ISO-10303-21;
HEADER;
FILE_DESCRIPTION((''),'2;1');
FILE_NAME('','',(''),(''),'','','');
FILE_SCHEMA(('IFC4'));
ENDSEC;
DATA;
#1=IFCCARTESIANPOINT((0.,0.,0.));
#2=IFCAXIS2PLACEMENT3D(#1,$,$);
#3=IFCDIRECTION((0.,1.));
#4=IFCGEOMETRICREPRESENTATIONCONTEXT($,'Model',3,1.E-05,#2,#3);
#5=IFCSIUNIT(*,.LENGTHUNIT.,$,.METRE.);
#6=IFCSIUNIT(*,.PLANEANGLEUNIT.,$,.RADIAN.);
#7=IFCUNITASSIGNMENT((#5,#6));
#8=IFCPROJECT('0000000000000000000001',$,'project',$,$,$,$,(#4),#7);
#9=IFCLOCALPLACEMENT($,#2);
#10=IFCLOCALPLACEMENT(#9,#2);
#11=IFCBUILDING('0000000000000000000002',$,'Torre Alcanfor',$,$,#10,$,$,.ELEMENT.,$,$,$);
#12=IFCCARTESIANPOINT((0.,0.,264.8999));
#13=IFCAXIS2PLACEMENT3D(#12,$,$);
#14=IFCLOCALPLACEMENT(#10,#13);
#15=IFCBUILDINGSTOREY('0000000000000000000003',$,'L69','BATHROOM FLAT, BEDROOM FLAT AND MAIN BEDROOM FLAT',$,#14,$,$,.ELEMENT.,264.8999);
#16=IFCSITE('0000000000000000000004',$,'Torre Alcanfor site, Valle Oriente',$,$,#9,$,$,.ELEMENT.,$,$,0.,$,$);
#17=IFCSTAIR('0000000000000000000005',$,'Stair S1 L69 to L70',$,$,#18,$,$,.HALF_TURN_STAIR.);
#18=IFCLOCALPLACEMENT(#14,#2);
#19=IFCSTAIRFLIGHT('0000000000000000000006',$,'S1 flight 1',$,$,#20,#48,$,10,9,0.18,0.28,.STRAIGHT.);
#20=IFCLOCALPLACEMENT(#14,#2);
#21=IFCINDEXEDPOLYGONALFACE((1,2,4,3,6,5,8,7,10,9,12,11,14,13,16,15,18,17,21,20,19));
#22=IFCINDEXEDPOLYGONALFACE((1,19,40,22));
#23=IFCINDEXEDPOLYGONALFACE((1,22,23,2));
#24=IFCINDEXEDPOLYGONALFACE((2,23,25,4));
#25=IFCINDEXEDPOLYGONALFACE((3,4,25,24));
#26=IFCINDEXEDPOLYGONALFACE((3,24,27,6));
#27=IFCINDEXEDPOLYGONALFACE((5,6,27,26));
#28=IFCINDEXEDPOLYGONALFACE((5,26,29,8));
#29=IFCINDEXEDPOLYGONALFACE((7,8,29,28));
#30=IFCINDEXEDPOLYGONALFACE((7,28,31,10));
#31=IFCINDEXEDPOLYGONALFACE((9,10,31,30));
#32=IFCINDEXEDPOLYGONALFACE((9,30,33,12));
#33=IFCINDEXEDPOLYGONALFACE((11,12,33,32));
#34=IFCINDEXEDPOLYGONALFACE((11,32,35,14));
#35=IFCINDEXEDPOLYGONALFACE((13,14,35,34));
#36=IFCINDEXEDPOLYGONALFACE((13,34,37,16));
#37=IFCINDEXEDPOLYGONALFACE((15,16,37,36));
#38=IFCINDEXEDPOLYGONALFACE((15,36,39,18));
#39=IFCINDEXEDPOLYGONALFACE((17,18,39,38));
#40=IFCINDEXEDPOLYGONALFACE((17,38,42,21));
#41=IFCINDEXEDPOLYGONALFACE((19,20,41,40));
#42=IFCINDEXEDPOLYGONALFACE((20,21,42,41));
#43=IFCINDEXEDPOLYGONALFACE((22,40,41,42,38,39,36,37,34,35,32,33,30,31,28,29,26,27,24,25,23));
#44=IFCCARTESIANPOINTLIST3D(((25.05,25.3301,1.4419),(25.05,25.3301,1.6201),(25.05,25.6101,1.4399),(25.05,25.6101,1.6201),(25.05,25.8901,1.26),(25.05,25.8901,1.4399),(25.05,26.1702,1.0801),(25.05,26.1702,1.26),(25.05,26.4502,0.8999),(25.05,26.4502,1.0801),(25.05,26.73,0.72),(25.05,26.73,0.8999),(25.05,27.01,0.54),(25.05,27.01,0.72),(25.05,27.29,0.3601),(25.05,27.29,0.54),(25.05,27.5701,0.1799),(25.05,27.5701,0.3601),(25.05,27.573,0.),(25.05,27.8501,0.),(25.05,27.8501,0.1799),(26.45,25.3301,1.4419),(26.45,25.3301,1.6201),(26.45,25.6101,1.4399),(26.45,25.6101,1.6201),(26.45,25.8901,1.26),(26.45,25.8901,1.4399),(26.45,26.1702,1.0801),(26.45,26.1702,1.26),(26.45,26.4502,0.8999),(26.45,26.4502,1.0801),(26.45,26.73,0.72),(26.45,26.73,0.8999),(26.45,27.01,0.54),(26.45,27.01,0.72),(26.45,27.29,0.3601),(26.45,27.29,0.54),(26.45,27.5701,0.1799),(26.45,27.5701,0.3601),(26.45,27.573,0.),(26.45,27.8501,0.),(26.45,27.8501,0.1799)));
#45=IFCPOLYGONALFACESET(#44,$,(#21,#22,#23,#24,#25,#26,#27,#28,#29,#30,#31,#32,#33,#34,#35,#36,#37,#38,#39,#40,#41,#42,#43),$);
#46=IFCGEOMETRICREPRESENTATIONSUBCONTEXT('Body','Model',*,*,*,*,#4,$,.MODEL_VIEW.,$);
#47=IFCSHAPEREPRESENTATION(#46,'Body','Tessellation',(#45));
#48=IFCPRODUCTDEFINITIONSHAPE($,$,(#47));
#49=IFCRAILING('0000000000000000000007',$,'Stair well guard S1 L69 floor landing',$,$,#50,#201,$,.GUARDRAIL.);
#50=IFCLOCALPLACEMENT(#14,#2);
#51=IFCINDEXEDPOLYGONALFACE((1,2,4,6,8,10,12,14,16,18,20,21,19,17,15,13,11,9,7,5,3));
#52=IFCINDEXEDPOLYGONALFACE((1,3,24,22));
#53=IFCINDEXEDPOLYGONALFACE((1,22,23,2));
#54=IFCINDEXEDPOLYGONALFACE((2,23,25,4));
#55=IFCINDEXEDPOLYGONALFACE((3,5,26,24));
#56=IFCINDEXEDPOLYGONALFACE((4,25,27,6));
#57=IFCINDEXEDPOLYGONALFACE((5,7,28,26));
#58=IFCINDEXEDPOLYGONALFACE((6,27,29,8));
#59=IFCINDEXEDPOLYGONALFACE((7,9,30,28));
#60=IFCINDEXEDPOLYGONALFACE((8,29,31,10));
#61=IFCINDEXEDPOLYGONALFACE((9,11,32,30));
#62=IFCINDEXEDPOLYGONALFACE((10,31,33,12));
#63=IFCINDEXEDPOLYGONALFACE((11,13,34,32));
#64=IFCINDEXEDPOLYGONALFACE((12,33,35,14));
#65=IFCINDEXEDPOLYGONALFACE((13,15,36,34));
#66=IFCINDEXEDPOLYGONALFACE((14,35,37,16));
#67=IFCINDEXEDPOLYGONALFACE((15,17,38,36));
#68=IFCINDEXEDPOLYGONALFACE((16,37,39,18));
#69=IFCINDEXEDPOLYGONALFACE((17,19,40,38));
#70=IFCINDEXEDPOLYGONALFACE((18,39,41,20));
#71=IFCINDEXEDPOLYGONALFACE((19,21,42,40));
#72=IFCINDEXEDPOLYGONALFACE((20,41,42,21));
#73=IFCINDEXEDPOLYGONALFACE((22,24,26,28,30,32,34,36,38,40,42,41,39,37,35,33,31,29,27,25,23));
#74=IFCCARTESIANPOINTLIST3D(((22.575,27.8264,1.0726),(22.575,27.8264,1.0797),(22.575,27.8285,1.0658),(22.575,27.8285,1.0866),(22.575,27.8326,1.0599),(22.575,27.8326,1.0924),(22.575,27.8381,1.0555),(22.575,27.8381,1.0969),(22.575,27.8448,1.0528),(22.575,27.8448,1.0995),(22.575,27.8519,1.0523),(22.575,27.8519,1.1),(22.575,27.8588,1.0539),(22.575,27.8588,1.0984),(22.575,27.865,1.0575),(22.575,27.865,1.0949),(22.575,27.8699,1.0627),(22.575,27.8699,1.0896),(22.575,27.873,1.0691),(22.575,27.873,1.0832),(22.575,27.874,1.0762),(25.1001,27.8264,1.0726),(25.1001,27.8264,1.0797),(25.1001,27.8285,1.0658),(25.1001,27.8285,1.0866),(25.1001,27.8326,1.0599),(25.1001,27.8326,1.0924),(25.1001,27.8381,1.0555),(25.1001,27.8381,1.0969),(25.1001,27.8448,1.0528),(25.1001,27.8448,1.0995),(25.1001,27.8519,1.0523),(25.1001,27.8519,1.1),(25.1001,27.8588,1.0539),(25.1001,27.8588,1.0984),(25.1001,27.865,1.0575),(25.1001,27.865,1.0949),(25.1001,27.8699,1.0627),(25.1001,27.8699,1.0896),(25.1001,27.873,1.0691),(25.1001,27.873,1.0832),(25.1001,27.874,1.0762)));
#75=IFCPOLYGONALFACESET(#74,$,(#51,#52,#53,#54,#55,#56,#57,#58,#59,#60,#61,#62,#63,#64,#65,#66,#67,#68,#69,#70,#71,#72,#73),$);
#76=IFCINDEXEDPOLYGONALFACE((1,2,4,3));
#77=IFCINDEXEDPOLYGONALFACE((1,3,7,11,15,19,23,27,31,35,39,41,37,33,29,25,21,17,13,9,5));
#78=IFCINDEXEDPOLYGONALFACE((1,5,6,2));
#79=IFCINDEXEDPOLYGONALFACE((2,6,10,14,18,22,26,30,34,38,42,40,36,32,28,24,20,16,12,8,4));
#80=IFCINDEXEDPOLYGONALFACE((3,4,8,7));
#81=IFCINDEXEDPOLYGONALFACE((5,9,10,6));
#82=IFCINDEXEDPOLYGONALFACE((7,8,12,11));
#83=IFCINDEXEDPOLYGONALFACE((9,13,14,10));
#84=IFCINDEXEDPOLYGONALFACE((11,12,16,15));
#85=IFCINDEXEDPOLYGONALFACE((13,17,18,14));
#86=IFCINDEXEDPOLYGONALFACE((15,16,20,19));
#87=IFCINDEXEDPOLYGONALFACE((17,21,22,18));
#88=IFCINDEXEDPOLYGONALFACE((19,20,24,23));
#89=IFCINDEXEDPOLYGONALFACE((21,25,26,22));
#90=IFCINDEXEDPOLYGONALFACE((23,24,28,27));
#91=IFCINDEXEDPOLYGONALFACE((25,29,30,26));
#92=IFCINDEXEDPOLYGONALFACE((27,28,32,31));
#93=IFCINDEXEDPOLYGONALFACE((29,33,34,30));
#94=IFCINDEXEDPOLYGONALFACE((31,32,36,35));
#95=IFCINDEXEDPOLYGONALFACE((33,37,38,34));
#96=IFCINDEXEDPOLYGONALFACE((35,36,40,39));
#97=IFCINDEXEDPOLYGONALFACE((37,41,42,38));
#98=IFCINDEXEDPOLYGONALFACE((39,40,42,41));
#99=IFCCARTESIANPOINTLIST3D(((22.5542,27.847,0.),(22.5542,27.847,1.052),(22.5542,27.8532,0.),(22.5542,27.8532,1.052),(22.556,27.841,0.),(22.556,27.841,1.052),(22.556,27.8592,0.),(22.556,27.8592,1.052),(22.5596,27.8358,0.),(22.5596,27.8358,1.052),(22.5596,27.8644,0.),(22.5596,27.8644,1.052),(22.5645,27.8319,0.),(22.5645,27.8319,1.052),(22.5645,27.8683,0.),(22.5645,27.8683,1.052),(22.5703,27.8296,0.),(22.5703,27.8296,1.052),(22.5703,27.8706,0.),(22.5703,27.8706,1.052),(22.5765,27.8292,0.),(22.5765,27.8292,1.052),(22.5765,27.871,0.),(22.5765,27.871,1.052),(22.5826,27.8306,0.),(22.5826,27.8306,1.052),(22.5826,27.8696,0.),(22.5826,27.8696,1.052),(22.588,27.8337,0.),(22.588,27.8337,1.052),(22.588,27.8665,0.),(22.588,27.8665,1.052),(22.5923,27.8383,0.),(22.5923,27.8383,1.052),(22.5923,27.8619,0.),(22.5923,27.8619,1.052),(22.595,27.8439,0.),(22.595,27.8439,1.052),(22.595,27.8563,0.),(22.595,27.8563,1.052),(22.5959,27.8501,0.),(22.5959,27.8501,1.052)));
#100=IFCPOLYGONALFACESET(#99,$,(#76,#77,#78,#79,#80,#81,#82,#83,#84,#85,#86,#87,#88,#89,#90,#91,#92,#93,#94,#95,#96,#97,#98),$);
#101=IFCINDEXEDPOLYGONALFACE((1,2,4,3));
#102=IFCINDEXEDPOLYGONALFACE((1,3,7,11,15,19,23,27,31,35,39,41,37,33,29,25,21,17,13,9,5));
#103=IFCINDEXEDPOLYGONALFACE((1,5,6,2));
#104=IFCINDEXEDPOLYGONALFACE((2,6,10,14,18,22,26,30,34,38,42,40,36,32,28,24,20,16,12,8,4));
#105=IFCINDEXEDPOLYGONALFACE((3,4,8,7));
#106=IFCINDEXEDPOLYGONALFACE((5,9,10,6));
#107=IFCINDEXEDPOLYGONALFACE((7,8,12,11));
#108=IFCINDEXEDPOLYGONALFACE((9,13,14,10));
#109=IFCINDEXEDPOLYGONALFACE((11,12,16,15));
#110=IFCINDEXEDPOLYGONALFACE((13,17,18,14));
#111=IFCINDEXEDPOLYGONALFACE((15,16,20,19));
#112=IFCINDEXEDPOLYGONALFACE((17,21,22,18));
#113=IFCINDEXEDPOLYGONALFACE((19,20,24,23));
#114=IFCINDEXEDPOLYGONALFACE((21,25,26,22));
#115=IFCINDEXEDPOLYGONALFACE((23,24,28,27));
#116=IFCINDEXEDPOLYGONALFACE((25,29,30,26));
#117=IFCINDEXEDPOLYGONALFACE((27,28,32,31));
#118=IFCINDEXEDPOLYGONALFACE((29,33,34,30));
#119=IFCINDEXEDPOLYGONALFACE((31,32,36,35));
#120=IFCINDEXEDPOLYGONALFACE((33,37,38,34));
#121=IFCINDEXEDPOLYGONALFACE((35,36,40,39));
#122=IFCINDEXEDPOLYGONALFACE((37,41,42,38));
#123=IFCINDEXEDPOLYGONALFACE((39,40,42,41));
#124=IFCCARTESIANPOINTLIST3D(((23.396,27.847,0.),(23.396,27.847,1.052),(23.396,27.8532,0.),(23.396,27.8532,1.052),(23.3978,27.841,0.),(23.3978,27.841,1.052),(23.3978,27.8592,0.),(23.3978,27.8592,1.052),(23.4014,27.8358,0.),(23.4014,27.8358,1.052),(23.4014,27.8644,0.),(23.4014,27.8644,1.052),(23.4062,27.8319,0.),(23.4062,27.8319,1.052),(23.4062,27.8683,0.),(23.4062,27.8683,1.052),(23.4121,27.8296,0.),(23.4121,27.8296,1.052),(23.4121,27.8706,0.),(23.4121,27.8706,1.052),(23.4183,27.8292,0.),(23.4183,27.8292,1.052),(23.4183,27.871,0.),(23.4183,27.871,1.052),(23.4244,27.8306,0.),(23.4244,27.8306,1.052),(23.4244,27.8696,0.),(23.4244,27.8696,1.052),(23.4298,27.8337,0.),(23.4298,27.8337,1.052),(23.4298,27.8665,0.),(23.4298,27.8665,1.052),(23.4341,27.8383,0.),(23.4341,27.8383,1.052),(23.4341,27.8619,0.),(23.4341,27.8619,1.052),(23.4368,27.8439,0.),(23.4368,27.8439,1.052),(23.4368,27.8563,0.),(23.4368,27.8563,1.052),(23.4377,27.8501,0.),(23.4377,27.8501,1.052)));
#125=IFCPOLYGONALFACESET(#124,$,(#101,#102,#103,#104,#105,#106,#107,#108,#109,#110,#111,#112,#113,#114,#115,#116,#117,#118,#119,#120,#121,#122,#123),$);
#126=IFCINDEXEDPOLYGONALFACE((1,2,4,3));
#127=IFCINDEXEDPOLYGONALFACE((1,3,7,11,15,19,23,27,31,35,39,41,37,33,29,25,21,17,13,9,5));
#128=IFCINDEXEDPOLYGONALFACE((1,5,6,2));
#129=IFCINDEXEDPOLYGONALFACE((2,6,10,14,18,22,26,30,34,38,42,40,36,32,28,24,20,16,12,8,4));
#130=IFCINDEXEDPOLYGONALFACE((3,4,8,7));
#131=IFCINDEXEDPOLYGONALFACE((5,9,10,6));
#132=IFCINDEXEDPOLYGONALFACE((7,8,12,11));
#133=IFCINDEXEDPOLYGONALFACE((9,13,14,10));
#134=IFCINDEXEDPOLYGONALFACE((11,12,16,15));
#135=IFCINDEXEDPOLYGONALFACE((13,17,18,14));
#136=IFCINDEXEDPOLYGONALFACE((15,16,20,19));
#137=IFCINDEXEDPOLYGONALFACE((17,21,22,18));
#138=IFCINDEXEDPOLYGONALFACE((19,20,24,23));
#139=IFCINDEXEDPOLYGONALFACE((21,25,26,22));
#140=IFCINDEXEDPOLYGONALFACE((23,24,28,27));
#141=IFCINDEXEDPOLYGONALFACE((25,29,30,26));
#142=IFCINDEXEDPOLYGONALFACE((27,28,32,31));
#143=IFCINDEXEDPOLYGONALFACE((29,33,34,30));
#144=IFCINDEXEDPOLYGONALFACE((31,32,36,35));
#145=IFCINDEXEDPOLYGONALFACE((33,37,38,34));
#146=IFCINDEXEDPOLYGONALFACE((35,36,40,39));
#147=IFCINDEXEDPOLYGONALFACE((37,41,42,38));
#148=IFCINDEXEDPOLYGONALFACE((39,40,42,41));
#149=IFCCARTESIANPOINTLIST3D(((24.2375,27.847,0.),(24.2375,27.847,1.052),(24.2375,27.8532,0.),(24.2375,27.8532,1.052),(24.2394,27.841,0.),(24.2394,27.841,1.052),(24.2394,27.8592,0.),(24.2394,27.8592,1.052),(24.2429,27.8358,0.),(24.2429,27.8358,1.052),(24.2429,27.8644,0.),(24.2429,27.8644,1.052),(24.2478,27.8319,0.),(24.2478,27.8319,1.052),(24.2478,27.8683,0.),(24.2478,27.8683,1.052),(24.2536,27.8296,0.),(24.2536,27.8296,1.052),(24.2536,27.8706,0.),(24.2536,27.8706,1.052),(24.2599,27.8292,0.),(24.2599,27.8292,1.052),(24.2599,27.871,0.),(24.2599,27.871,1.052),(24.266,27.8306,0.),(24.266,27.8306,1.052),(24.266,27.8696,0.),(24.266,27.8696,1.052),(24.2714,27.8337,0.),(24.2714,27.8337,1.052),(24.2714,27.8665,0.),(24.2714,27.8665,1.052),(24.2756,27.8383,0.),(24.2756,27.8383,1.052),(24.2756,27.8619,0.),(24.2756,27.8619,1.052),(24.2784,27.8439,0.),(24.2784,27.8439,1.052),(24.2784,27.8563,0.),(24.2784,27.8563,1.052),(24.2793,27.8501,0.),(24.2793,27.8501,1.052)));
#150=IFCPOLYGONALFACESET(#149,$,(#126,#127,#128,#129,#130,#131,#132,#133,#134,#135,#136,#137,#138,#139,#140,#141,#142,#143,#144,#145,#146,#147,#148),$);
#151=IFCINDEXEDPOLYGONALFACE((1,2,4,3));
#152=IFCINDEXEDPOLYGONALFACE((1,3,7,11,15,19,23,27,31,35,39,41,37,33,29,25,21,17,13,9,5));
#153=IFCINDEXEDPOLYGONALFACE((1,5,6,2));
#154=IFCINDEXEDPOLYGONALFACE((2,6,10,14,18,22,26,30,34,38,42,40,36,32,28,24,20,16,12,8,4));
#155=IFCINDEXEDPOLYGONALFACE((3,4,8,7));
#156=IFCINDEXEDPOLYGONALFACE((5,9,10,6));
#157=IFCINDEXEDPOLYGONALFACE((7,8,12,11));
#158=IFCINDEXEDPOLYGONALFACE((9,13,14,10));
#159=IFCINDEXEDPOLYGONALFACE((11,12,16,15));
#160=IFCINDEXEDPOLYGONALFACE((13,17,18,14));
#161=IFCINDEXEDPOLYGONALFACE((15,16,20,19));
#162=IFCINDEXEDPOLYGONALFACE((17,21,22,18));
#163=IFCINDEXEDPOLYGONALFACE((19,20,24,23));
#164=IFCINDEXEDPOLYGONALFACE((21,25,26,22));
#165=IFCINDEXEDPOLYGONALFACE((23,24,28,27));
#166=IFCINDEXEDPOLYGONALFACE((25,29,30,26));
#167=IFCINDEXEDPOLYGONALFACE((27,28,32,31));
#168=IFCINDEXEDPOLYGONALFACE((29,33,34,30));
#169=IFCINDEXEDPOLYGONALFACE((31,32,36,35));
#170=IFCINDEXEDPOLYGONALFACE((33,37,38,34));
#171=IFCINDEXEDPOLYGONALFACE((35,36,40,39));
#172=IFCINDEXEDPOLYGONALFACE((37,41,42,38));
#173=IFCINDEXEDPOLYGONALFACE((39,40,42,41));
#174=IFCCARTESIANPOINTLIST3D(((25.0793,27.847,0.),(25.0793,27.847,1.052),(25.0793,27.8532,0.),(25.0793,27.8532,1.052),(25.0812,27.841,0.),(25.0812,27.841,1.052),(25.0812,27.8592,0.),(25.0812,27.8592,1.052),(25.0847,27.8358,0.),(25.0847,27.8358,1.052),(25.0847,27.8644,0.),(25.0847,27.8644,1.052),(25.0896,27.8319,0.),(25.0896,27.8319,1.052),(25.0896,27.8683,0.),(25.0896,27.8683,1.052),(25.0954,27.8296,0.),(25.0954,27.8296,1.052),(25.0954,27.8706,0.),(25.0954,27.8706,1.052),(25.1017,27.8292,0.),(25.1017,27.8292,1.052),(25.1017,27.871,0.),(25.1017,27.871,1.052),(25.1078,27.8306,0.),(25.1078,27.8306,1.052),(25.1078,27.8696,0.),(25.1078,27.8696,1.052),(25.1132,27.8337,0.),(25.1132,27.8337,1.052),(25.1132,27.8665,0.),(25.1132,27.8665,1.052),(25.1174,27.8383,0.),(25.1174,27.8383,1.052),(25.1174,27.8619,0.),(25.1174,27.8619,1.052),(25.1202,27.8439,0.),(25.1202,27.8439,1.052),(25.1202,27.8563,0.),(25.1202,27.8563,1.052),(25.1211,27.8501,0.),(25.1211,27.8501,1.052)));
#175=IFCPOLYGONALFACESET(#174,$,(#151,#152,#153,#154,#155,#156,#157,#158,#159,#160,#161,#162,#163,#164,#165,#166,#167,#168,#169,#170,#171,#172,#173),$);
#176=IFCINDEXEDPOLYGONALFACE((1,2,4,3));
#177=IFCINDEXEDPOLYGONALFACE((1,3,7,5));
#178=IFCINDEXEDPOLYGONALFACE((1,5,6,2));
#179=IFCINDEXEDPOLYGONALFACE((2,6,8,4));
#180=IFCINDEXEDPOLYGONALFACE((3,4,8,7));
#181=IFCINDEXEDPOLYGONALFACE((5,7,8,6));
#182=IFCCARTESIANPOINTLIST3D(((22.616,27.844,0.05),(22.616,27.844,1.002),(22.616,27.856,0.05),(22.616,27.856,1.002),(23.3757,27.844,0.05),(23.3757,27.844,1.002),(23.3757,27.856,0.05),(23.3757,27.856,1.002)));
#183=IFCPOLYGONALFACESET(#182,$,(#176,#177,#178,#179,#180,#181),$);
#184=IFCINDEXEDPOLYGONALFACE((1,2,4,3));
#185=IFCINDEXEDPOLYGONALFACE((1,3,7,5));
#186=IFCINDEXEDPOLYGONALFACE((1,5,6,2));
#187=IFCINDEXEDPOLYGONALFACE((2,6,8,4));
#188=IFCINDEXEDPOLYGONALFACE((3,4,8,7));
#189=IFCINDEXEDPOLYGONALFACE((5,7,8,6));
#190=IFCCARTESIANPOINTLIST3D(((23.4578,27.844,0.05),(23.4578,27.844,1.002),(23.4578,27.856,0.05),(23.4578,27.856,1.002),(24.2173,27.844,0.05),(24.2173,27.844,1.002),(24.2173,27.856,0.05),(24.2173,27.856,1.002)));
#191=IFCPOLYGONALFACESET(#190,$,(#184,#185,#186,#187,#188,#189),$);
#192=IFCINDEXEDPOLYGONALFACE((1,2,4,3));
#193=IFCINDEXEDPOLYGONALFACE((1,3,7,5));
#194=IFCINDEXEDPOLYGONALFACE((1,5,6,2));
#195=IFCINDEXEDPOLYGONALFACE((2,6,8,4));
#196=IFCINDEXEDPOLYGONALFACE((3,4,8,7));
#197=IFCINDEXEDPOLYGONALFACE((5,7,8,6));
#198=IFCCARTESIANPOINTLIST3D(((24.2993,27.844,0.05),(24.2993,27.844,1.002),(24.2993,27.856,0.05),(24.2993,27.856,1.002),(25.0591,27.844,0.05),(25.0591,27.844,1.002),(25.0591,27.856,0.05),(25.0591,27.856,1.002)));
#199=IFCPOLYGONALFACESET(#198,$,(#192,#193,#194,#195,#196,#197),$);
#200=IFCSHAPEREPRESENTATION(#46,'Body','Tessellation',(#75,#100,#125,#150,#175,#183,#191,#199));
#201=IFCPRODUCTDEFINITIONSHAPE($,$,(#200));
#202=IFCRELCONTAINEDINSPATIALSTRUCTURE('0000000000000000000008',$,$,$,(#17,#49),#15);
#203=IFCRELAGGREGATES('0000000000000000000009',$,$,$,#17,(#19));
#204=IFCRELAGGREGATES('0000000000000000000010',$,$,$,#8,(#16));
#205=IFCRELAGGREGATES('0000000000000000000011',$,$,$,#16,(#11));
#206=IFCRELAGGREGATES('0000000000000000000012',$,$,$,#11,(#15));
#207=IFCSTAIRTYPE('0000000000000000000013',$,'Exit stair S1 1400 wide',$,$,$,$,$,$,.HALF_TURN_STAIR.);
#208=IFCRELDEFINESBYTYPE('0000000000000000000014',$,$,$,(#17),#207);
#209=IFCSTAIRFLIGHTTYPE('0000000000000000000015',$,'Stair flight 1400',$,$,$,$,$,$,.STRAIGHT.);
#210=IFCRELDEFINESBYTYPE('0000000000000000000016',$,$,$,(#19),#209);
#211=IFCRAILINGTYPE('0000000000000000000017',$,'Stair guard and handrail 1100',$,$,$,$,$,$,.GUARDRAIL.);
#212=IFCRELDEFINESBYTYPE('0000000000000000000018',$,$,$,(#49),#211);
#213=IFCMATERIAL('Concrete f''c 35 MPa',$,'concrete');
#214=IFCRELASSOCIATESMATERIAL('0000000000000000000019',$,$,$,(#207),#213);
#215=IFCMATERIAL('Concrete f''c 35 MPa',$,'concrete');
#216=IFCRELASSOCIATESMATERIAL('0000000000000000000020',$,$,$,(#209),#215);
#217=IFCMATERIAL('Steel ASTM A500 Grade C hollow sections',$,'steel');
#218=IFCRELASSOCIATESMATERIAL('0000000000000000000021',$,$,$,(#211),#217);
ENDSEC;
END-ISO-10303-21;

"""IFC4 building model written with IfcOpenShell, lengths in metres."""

from ifc_helpers import new_model, si_unit, direction, frame, origin, origin_2d, place, context, subcontext, project, spatial, polyline, circle, outline, extrude, material, type_object, element, aggregate, save


model = new_model("IFC4")

# Units and contexts
model_context = context("Model", 3, precision=1e-05, world=origin(), true_north=direction((0.0, 1.0)))
body_context = subcontext(model_context, "Body", "Model", "MODEL_VIEW")
ifc_project = project(units=[si_unit("LENGTHUNIT", "METRE"), si_unit("PLANEANGLEUNIT", "RADIAN")], contexts=[model_context])

# Site, building, storey
site_placement = place(None, origin())
site = spatial("IfcSite", under=ifc_project, at=site_placement, Name="Torre Alcanfor site, Valle Oriente", CompositionType="ELEMENT", RefElevation=0.0)
building_placement = place(site_placement, origin())
building = spatial("IfcBuilding", under=site, at=building_placement, Name="Torre Alcanfor", CompositionType="ELEMENT")
storey_placement = place(building_placement, frame((0.0, 0.0, 264.8999)))
storey = spatial("IfcBuildingStorey", under=building, at=storey_placement, Name="L69", Description="BATHROOM FLAT, BEDROOM FLAT AND MAIN BEDROOM FLAT", CompositionType="ELEMENT", Elevation=264.8999)

# Stair, stair flight
ifc_material_1 = material(Name="Concrete f'c 35 MPa", Category="concrete")
stair_type = type_object("IfcStairType", Name="Exit stair S1 1400 wide", PredefinedType="HALF_TURN_STAIR", material=ifc_material_1)
stair_placement = place(storey_placement, origin())
stair = element("IfcStair", 1, at=stair_placement, inside=storey, type_object=stair_type, Name="Stair S1 L69 to L70", PredefinedType="HALF_TURN_STAIR")
ifc_material_2 = material(Name="Concrete f'c 35 MPa", Category="concrete")
stair_flight_type = type_object("IfcStairFlightType", Name="Stair flight 1400", PredefinedType="STRAIGHT", material=ifc_material_2)
stair_flight_placement = place(storey_placement, frame((25.75, 27.8501, 0.0), z_axis=(0.0, 0.0, 1.0), x_axis=(0.0, -1.0, 0.0)))
stair_flight = element("IfcStairFlight", 2, at=stair_flight_placement, type_object=stair_flight_type, Name="S1 flight 1", NumberOfRisers=10, NumberOfTreads=9, PredefinedType="STRAIGHT", RiserHeight=0.18, TreadLength=0.28, context=body_context, shape_type="SweptSolid", body=[
    extrude(outline(polyline([(0.0, 0.0), (0.0, 0.1799), (0.28, 0.1799), (0.28, 0.3601), (0.5601, 0.3601), (0.5601, 0.54), (0.8401, 0.54), (0.8401, 0.72), (1.1201, 0.72), (1.1201, 0.8999), (1.3999, 0.8999), (1.3999, 1.0801), (1.6799, 1.0801), (1.6799, 1.26), (1.96, 1.26), (1.96, 1.4399), (2.24, 1.4399), (2.24, 1.6201), (2.52, 1.6201), (2.52, 1.8), (2.52, 1.4419), (0.2771, 0.0), (0.0, 0.0)])), frame((0.0, 0.7, 0.0), z_axis=(0.0, -1.0, 0.0), x_axis=(1.0, 0.0, 0.0)), (0.0, 0.0, 1.0), 1.3999),
])
aggregate(stair, [stair_flight])

# Railing
ifc_material_3 = material(Name="Steel ASTM A500 Grade C hollow sections", Category="steel")
railing_type_1 = type_object("IfcRailingType", Name="Stair guard and handrail 1100", PredefinedType="GUARDRAIL", material=ifc_material_3)
railing_1_placement = place(storey_placement, frame((22.575, 27.8501, 0.0)))
element("IfcRailing", 3, at=railing_1_placement, inside=storey, type_object=railing_type_1, Name="Stair well guard S1 L69 floor landing", PredefinedType="GUARDRAIL", context=body_context, shape_type="SweptSolid", body=[
    extrude(circle(Radius=0.0239, at=origin_2d()), frame((0.0, 0.0, 1.0762), z_axis=(1.0, 0.0, 0.0), x_axis=(0.0, 1.0, 0.0)), (0.0, 0.0, 1.0), 2.5251),
    extrude(circle(Radius=0.021, at=origin_2d()), origin(), (0.0, 0.0, 1.0), 1.052),
    extrude(circle(Radius=0.021, at=origin_2d()), frame((0.8418, 0.0, 0.0)), (0.0, 0.0, 1.0), 1.052),
    extrude(circle(Radius=0.021, at=origin_2d()), frame((1.6833, 0.0, 0.0)), (0.0, 0.0, 1.0), 1.052),
    extrude(circle(Radius=0.021, at=origin_2d()), frame((2.5251, 0.0, 0.0)), (0.0, 0.0, 1.0), 1.052),
    extrude(outline(polyline([(0.041, 0.05), (0.8008, 0.05), (0.8008, 1.002), (0.041, 1.002), (0.041, 0.05)])), frame((0.0, 0.0059, 0.0), z_axis=(0.0, -1.0, 0.0), x_axis=(1.0, 0.0, 0.0)), (0.0, 0.0, 1.0), 0.012),
    extrude(outline(polyline([(0.8828, 0.05), (1.6423, 0.05), (1.6423, 1.002), (0.8828, 1.002), (0.8828, 0.05)])), frame((0.0, 0.0059, 0.0), z_axis=(0.0, -1.0, 0.0), x_axis=(1.0, 0.0, 0.0)), (0.0, 0.0, 1.0), 0.012),
    extrude(outline(polyline([(1.7244, 0.05), (2.4841, 0.05), (2.4841, 1.002), (1.7244, 1.002), (1.7244, 0.05)])), frame((0.0, 0.0059, 0.0), z_axis=(0.0, -1.0, 0.0), x_axis=(1.0, 0.0, 0.0)), (0.0, 0.0, 1.0), 0.012),
])

save(model, "model.ifc")
